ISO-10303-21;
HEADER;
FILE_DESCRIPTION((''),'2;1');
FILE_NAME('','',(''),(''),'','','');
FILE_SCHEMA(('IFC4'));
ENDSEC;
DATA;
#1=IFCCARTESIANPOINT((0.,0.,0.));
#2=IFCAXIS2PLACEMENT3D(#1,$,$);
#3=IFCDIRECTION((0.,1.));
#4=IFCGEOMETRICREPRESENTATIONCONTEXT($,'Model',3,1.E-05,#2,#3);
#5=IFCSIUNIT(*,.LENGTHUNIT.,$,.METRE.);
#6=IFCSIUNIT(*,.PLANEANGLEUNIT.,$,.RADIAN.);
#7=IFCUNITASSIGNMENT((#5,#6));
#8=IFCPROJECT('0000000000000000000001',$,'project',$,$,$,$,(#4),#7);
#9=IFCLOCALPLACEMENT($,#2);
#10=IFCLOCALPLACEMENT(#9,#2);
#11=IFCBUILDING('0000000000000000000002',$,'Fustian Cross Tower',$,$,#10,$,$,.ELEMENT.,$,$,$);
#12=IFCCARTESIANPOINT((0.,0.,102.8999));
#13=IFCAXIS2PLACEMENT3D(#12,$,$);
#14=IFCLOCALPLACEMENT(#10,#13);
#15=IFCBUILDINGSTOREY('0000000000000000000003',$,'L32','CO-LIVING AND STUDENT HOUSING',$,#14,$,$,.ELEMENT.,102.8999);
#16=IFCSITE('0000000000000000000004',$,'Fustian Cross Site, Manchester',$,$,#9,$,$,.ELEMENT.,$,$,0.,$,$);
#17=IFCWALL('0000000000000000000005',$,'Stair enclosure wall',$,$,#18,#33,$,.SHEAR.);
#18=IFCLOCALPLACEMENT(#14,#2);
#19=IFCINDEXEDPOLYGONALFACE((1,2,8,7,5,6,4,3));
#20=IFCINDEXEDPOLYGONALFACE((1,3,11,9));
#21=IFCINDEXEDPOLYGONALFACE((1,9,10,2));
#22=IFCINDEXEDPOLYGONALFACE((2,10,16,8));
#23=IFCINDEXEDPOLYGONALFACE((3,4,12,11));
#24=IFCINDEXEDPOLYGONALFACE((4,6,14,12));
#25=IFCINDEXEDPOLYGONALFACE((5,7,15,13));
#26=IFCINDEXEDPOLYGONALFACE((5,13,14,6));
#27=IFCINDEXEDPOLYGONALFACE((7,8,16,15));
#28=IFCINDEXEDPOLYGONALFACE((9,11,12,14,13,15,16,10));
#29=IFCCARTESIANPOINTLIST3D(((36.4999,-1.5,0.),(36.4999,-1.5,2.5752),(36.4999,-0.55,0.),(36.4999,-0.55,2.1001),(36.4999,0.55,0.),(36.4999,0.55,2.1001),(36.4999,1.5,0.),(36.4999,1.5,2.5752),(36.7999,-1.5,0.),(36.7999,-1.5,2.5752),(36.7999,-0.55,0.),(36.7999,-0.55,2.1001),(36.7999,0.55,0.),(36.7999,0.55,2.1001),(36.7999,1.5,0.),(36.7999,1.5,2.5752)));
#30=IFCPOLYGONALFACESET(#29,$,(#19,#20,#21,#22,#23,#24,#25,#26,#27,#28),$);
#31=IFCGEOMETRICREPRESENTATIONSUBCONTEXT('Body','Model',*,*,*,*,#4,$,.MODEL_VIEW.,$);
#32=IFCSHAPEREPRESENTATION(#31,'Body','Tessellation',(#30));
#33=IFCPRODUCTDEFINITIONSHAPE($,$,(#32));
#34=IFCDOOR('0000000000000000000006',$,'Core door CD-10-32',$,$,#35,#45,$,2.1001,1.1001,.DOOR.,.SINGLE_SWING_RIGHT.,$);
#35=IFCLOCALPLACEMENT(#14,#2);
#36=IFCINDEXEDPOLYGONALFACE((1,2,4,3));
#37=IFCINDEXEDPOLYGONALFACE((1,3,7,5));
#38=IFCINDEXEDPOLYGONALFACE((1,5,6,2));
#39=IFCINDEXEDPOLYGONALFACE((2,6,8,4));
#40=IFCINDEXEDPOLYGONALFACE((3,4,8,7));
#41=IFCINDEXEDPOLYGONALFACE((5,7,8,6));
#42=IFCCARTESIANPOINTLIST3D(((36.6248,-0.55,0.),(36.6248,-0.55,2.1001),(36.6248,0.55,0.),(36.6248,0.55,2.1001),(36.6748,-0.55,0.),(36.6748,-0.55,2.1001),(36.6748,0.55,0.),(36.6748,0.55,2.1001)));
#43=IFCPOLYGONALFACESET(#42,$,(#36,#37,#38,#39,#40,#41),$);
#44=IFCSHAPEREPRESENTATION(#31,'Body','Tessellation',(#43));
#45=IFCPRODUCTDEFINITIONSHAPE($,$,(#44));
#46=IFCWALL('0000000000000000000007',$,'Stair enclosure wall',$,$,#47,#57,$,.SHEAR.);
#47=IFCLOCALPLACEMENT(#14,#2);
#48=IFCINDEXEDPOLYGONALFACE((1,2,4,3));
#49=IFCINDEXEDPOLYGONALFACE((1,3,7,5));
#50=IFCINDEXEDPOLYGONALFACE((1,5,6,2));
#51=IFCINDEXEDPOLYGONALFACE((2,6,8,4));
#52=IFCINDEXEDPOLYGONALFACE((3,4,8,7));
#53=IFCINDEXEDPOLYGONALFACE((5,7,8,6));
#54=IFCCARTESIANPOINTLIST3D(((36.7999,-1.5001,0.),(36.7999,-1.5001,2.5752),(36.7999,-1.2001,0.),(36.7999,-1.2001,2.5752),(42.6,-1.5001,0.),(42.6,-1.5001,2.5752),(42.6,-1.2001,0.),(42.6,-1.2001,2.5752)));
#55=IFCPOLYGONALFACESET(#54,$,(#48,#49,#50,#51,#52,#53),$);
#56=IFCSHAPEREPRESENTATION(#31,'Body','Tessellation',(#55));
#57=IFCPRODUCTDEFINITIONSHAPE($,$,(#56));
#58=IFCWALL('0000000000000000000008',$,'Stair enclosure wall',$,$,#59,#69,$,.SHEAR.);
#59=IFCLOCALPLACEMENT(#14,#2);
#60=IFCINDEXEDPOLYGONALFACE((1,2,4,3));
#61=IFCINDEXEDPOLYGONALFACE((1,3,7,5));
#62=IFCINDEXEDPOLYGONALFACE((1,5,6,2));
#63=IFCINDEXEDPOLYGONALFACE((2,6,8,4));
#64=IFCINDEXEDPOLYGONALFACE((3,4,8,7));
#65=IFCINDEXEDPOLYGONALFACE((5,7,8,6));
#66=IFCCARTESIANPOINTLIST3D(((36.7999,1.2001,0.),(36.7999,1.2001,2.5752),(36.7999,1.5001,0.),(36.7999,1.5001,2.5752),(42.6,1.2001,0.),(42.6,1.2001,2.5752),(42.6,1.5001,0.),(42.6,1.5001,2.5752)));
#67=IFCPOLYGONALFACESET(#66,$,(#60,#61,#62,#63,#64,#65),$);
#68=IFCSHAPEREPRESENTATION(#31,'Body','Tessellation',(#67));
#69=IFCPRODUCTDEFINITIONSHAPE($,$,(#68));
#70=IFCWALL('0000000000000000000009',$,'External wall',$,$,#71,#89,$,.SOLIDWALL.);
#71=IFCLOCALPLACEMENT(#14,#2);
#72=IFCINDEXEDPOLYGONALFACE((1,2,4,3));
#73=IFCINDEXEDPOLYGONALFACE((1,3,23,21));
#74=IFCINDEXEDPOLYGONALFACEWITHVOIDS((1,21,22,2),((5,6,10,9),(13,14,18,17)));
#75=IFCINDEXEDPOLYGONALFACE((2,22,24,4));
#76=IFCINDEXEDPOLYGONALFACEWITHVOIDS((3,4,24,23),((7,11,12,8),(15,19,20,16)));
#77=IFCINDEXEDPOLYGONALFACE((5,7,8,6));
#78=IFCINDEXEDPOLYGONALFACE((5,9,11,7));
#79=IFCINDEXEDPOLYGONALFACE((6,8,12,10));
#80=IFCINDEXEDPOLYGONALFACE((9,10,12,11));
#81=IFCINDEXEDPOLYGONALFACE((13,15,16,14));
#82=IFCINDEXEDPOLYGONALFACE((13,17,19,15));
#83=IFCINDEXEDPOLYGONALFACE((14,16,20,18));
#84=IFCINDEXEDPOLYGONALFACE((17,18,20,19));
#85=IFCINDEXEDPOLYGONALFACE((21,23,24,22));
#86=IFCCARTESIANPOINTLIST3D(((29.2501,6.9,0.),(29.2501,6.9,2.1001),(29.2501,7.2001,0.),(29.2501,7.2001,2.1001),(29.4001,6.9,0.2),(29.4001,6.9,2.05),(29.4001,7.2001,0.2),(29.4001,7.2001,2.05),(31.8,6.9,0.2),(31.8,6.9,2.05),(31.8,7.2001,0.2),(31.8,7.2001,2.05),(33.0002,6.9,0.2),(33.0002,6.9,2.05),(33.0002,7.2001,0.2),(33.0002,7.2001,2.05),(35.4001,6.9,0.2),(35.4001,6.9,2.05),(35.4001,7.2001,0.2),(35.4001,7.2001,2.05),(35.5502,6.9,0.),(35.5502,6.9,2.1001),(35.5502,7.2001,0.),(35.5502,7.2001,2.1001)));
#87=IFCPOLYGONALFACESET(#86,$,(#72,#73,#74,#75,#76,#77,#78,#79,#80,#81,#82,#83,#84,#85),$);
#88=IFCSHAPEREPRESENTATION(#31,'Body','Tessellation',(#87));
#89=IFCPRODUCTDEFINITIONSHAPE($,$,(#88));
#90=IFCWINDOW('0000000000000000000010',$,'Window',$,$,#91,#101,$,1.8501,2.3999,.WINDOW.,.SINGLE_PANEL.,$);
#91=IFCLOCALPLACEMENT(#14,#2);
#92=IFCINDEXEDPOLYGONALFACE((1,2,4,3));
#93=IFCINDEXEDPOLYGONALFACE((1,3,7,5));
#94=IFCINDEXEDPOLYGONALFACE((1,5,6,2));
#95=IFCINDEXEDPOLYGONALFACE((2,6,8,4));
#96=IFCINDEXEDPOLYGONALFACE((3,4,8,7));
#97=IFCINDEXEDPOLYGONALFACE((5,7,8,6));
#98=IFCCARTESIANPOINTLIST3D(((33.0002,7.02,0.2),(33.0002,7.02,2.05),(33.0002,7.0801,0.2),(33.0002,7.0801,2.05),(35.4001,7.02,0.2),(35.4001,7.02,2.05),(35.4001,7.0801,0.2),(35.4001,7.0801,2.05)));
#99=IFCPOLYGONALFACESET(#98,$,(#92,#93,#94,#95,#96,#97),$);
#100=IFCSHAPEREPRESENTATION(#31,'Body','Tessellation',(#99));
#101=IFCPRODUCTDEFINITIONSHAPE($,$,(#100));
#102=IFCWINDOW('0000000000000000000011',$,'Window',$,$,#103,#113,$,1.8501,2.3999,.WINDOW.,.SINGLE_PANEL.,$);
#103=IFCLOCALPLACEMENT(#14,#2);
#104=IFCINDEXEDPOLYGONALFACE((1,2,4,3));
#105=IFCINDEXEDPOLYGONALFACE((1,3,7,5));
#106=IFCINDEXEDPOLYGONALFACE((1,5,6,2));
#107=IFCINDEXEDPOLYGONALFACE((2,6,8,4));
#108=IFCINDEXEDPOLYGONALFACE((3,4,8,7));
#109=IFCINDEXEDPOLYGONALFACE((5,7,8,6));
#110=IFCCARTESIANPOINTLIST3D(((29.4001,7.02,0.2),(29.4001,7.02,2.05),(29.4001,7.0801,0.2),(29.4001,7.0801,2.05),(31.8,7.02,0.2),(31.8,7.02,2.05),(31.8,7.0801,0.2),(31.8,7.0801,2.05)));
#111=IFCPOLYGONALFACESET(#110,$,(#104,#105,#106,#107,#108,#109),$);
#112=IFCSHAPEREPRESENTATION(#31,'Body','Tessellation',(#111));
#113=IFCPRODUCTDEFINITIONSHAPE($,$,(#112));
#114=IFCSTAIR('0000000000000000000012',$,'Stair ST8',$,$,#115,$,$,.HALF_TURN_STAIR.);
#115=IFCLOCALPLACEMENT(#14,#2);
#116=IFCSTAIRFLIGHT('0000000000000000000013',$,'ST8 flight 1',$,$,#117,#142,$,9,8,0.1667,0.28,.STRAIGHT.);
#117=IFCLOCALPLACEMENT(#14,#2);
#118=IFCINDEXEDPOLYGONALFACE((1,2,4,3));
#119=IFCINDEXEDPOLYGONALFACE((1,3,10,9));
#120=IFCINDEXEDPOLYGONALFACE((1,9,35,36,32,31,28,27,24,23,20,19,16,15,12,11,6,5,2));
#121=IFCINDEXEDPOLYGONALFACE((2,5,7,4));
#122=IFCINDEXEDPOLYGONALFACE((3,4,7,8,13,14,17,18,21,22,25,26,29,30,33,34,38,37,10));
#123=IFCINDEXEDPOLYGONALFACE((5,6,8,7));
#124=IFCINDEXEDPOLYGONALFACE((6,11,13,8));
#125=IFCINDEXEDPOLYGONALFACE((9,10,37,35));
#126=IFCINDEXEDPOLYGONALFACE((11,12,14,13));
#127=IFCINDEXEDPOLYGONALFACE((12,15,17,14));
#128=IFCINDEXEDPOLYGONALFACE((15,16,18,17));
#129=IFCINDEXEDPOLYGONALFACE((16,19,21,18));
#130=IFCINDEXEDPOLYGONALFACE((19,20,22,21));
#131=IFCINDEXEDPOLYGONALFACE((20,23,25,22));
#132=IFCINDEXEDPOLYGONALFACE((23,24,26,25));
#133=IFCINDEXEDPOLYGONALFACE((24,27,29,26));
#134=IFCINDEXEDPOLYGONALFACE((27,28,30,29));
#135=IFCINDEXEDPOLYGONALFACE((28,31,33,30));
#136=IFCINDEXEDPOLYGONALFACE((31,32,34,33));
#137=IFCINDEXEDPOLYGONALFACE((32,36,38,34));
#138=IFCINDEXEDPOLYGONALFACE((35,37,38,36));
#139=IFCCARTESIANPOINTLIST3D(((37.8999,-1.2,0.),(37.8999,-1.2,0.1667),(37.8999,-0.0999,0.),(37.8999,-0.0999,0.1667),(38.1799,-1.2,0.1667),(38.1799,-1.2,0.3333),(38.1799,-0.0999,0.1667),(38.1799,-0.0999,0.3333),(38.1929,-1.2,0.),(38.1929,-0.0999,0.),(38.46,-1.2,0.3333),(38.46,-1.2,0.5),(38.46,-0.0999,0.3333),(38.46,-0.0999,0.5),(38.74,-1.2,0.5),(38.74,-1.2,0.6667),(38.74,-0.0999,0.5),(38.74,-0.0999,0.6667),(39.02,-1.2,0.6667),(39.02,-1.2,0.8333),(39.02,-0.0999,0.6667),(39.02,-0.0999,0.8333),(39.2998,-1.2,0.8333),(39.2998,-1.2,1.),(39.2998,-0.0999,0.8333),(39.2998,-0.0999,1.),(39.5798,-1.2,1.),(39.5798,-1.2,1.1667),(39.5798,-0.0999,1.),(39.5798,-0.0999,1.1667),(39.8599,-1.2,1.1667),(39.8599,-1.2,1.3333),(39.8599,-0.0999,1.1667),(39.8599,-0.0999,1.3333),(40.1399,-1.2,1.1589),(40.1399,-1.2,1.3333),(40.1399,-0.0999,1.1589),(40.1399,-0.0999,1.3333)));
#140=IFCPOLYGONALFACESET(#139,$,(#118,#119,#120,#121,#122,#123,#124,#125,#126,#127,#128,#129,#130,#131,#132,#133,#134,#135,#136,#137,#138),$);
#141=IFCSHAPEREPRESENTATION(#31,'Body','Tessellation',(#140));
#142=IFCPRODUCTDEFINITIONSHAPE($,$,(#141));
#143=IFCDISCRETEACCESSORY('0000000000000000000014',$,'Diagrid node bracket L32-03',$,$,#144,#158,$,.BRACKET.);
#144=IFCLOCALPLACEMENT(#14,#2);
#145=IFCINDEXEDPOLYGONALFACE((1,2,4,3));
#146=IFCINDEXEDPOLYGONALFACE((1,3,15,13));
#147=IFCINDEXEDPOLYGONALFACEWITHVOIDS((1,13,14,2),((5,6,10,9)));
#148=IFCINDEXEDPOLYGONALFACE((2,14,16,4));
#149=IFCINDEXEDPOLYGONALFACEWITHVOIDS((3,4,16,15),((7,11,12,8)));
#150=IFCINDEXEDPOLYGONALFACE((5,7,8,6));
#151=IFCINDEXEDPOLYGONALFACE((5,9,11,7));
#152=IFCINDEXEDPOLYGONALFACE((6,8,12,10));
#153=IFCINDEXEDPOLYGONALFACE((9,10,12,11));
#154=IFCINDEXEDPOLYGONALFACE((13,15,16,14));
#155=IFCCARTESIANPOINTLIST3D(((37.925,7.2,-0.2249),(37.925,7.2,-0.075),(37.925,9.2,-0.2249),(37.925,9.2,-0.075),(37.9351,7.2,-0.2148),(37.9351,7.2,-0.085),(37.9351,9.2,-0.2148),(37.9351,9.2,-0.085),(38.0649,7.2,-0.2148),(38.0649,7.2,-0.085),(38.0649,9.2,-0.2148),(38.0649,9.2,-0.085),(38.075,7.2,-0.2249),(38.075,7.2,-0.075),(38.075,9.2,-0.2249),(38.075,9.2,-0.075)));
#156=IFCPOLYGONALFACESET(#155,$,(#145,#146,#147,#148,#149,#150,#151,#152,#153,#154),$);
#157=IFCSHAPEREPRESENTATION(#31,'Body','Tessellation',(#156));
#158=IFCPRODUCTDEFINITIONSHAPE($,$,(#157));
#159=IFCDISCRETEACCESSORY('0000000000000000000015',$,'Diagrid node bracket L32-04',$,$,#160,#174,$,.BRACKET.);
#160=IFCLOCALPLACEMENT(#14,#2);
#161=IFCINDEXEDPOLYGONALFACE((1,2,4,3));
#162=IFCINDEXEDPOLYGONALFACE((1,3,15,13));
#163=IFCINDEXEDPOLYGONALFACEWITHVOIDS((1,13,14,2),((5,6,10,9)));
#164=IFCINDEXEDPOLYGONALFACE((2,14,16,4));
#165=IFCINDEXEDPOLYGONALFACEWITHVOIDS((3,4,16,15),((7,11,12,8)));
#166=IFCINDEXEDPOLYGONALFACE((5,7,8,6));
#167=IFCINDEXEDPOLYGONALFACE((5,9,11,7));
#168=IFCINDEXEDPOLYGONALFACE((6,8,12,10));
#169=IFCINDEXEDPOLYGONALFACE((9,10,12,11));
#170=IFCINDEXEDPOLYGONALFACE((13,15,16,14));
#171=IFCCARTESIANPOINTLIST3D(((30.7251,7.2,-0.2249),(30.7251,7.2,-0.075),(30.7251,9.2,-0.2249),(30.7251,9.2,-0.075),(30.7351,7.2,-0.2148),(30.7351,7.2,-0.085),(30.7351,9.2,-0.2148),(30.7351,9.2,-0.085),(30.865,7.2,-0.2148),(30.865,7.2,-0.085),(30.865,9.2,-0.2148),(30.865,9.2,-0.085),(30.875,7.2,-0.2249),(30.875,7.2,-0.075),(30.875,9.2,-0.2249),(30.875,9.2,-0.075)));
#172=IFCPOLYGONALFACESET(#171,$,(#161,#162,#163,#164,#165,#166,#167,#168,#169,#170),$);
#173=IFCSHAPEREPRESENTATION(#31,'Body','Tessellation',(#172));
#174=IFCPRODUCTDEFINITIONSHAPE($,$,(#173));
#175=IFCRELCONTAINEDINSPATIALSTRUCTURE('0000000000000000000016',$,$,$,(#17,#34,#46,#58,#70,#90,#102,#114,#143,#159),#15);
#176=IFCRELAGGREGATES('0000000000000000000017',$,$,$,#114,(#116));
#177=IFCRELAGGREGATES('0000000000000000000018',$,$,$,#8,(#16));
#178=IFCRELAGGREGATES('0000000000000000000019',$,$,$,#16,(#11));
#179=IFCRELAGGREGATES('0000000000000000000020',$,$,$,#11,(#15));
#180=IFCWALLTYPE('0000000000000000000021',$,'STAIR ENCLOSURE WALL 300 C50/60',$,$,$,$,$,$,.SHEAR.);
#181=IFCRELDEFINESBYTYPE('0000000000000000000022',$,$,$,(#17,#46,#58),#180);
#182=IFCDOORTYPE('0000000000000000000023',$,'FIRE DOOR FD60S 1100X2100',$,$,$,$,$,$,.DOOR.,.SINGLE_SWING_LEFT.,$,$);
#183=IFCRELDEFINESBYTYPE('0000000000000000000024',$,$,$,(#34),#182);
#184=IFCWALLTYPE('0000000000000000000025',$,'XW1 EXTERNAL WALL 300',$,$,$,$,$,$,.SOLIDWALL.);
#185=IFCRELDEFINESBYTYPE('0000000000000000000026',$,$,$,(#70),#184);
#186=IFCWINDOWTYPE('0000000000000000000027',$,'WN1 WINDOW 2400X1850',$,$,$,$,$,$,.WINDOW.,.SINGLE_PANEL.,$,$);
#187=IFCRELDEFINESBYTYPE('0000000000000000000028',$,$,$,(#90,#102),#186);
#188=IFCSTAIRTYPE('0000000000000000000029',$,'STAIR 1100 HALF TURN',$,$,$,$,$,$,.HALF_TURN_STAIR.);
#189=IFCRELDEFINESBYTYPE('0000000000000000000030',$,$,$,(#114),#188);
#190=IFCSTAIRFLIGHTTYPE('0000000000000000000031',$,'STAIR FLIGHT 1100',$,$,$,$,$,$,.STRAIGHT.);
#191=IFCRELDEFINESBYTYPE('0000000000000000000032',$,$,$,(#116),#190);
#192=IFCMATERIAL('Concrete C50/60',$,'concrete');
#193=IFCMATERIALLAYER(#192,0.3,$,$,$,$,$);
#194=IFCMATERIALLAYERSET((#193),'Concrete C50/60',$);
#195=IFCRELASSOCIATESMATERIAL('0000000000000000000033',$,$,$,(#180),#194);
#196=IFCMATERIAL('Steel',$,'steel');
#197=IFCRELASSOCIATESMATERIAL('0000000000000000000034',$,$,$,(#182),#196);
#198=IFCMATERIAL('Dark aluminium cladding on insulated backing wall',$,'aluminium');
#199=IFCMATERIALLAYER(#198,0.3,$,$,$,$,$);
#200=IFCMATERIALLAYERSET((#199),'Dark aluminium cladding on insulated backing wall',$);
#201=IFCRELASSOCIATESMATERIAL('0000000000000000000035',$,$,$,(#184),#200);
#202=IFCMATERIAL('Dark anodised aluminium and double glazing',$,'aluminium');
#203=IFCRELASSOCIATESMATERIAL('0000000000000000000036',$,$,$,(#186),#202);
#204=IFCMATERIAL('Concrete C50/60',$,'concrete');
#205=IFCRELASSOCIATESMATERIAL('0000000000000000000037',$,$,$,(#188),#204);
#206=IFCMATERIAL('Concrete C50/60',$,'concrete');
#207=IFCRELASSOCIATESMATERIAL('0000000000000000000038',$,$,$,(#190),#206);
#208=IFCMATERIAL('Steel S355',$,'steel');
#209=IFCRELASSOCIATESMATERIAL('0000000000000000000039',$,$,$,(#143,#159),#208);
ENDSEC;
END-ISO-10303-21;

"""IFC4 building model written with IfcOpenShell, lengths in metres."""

from ifc_helpers import new_model, si_unit, direction, frame, frame_2d, origin, origin_2d, place, context, subcontext, project, spatial, polyline, rectangle, hollow_rectangle, outline, extrude, material, layer, layer_set, type_object, element, fill, aggregate, save


model = new_model("IFC4")

# Units and contexts
model_context = context("Model", 3, precision=1e-05, world=origin(), true_north=direction((0.0, 1.0)))
body_context = subcontext(model_context, "Body", "Model", "MODEL_VIEW")
ifc_project = project(units=[si_unit("LENGTHUNIT", "METRE"), si_unit("PLANEANGLEUNIT", "RADIAN")], contexts=[model_context])

# Site, building, storey
site_placement = place(None, origin())
site = spatial("IfcSite", under=ifc_project, at=site_placement, Name="Fustian Cross Site, Manchester", CompositionType="ELEMENT", RefElevation=0.0)
building_placement = place(site_placement, origin())
building = spatial("IfcBuilding", under=site, at=building_placement, Name="Fustian Cross Tower", CompositionType="ELEMENT")
storey_placement = place(building_placement, frame((0.0, 0.0, 102.8999)))
storey = spatial("IfcBuildingStorey", under=building, at=storey_placement, Name="L32", Description="CO-LIVING AND STUDENT HOUSING", CompositionType="ELEMENT", Elevation=102.8999)

# Wall, opening, door
ifc_material_1 = material(Name="Concrete C50/60", Category="concrete")
ifc_layer_1 = layer(ifc_material_1, 0.3)
ifc_layer_set_1 = layer_set([ifc_layer_1], Name="Concrete C50/60")
wall_type_1 = type_object("IfcWallType", Name="STAIR ENCLOSURE WALL 300 C50/60", PredefinedType="SHEAR", material=ifc_layer_set_1)
wall_1_placement = place(storey_placement, frame((36.6499, -1.5, 0.0), z_axis=(0.0, 0.0, 1.0), x_axis=(0.0, 1.0, 0.0)))
wall_1 = element("IfcWall", 1, at=wall_1_placement, inside=storey, type_object=wall_type_1, Name="Stair enclosure wall", PredefinedType="SHEAR", context=body_context, shape_type="SweptSolid", body=[
    extrude(rectangle(XDim=3.0, YDim=0.3, at=frame_2d((1.5, 0.0))), origin(), (0.0, 0.0, 1.0), 2.5752),
])
opening_1_placement = place(wall_1_placement, frame((0.95, 0.0, 0.0)))
opening_1 = element("IfcOpeningElement", 2, at=opening_1_placement, cuts=wall_1, PredefinedType="OPENING", context=body_context, shape_type="SweptSolid", body=[
    extrude(rectangle(XDim=1.1001, YDim=2.1001, at=frame_2d((0.55, 1.05))), frame((0.0, 0.1599, 0.0), z_axis=(0.0, -1.0, 0.0), x_axis=(1.0, 0.0, 0.0)), (0.0, 0.0, 1.0), 0.3201),
])
ifc_material_2 = material(Name="Steel", Category="steel")
door_type = type_object("IfcDoorType", Name="FIRE DOOR FD60S 1100X2100", OperationType="SINGLE_SWING_LEFT", PredefinedType="DOOR", material=ifc_material_2)
door_placement = place(opening_1_placement, frame((1.1001, 0.0, 0.0), z_axis=(0.0, 0.0, 1.0), x_axis=(-1.0, 0.0, 0.0)))
door = element("IfcDoor", 3, at=door_placement, inside=storey, type_object=door_type, Name="Core door CD-10-32", OperationType="SINGLE_SWING_RIGHT", OverallHeight=2.1001, OverallWidth=1.1001, PredefinedType="DOOR", context=body_context, shape_type="SweptSolid", body=[
    extrude(rectangle(XDim=1.1001, YDim=2.1001, at=frame_2d((0.55, 1.05))), frame((0.0, 0.0249, 0.0), z_axis=(0.0, -1.0, 0.0), x_axis=(1.0, 0.0, 0.0)), (0.0, 0.0, 1.0), 0.05),
])
fill(opening_1, door)

# Walls
for number, where, z_axis, x_axis, name in (
    (4, (36.8, -1.3501, 0.0), (0.0, 0.0, 1.0), (1.0, 0.0, 0.0), "Stair enclosure wall"),
    (5, (36.8, 1.3501, 0.0), (0.0, 0.0, 1.0), (1.0, 0.0, 0.0), "Stair enclosure wall"),
):
    element("IfcWall", number, at=place(storey_placement, frame(where, z_axis=z_axis, x_axis=x_axis)), inside=storey, type_object=wall_type_1, Name=name, PredefinedType="SHEAR", context=body_context, shape_type="SweptSolid", body=[
        extrude(rectangle(XDim=5.8, YDim=0.3, at=frame_2d((2.8999, 0.0))), origin(), (0.0, 0.0, 1.0), 2.5752),
    ])

# Wall, openings, windows
ifc_material_3 = material(Name="Dark aluminium cladding on insulated backing wall", Category="aluminium")
ifc_layer_2 = layer(ifc_material_3, 0.3)
ifc_layer_set_2 = layer_set([ifc_layer_2], Name="Dark aluminium cladding on insulated backing wall")
wall_type_2 = type_object("IfcWallType", Name="XW1 EXTERNAL WALL 300", PredefinedType="SOLIDWALL", material=ifc_layer_set_2)
wall_2_placement = place(storey_placement, frame((35.55, 7.05, 0.0), z_axis=(0.0, 0.0, 1.0), x_axis=(-1.0, 0.0, 0.0)))
wall_2 = element("IfcWall", 6, at=wall_2_placement, inside=storey, type_object=wall_type_2, Name="External wall", PredefinedType="SOLIDWALL", context=body_context, shape_type="SweptSolid", body=[
    extrude(rectangle(XDim=6.3, YDim=0.3, at=frame_2d((3.1499, 0.0))), origin(), (0.0, 0.0, 1.0), 2.1001),
])
opening_2_placement = place(wall_2_placement, frame((0.1499, 0.0, 0.2)))
opening_2 = element("IfcOpeningElement", 7, at=opening_2_placement, cuts=wall_2, PredefinedType="OPENING", context=body_context, shape_type="SweptSolid", body=[
    extrude(rectangle(XDim=2.3999, YDim=1.8501, at=frame_2d((1.2, 0.925))), frame((0.0, 0.1599, 0.0), z_axis=(0.0, -1.0, 0.0), x_axis=(1.0, 0.0, 0.0)), (0.0, 0.0, 1.0), 0.3201),
])
opening_3_placement = place(wall_2_placement, frame((3.75, 0.0, 0.2)))
opening_3 = element("IfcOpeningElement", 8, at=opening_3_placement, cuts=wall_2, PredefinedType="OPENING", context=body_context, shape_type="SweptSolid", body=[
    extrude(rectangle(XDim=2.3999, YDim=1.8501, at=frame_2d((1.2, 0.925))), frame((0.0, 0.1599, 0.0), z_axis=(0.0, -1.0, 0.0), x_axis=(1.0, 0.0, 0.0)), (0.0, 0.0, 1.0), 0.3201),
])
ifc_material_4 = material(Name="Dark anodised aluminium and double glazing", Category="aluminium")
window_type = type_object("IfcWindowType", Name="WN1 WINDOW 2400X1850", PartitioningType="SINGLE_PANEL", PredefinedType="WINDOW", material=ifc_material_4)
window_1_placement = place(opening_2_placement, origin())
window_1 = element("IfcWindow", 9, at=window_1_placement, inside=storey, type_object=window_type, Name="Window", OverallHeight=1.8501, OverallWidth=2.3999, PartitioningType="SINGLE_PANEL", PredefinedType="WINDOW", context=body_context, shape_type="SweptSolid", body=[
    extrude(rectangle(XDim=2.3999, YDim=1.8501, at=frame_2d((1.2, 0.925))), frame((0.0, 0.03, 0.0), z_axis=(0.0, -1.0, 0.0), x_axis=(1.0, 0.0, 0.0)), (0.0, 0.0, 1.0), 0.0601),
])
fill(opening_2, window_1)
window_2_placement = place(opening_3_placement, origin())
window_2 = element("IfcWindow", 10, at=window_2_placement, inside=storey, type_object=window_type, Name="Window", OverallHeight=1.8501, OverallWidth=2.3999, PartitioningType="SINGLE_PANEL", PredefinedType="WINDOW", context=body_context, shape_type="SweptSolid", body=[
    extrude(rectangle(XDim=2.3999, YDim=1.8501, at=frame_2d((1.2, 0.925))), frame((0.0, 0.03, 0.0), z_axis=(0.0, -1.0, 0.0), x_axis=(1.0, 0.0, 0.0)), (0.0, 0.0, 1.0), 0.0601),
])
fill(opening_3, window_2)

# Stair, stair flight
ifc_material_5 = material(Name="Concrete C50/60", Category="concrete")
stair_type = type_object("IfcStairType", Name="STAIR 1100 HALF TURN", PredefinedType="HALF_TURN_STAIR", material=ifc_material_5)
stair_placement = place(storey_placement, origin())
stair = element("IfcStair", 11, at=stair_placement, inside=storey, type_object=stair_type, Name="Stair ST8", PredefinedType="HALF_TURN_STAIR")
ifc_material_6 = material(Name="Concrete C50/60", Category="concrete")
stair_flight_type = type_object("IfcStairFlightType", Name="STAIR FLIGHT 1100", PredefinedType="STRAIGHT", material=ifc_material_6)
stair_flight_placement = place(storey_placement, frame((37.8999, -0.6499, 0.0), z_axis=(0.0, 0.0, 1.0), x_axis=(1.0, 0.0, 0.0)))
stair_flight = element("IfcStairFlight", 12, at=stair_flight_placement, type_object=stair_flight_type, Name="ST8 flight 1", NumberOfRisers=9, NumberOfTreads=8, PredefinedType="STRAIGHT", RiserHeight=0.1667, TreadLength=0.28, context=body_context, shape_type="SweptSolid", body=[
    extrude(outline(polyline([(0.0, 0.0), (0.0, 0.1667), (0.28, 0.1667), (0.28, 0.3333), (0.5601, 0.3333), (0.5601, 0.5), (0.8401, 0.5), (0.8401, 0.6667), (1.1201, 0.6667), (1.1201, 0.8333), (1.3999, 0.8333), (1.3999, 1.0), (1.6799, 1.0), (1.6799, 1.1667), (1.96, 1.1667), (1.96, 1.3333), (2.24, 1.3333), (2.24, 1.5), (2.24, 1.1589), (0.293, 0.0), (0.0, 0.0)])), frame((0.0, 0.55, 0.0), z_axis=(0.0, -1.0, 0.0), x_axis=(1.0, 0.0, 0.0)), (0.0, 0.0, 1.0), 1.1001),
])
aggregate(stair, [stair_flight])

# Discrete accessories
ifc_material_7 = material(Name="Steel S355", Category="steel")
for number, where, z_axis, x_axis, name in (
    (13, (38.0, 9.2, -0.1499), (0.0, -1.0, 0.0), (1.0, 0.0, 0.0), "Diagrid node bracket L32-03"),
    (14, (30.8, 9.2, -0.1499), (0.0, -1.0, 0.0), (1.0, 0.0, 0.0), "Diagrid node bracket L32-04"),
):
    element("IfcDiscreteAccessory", number, at=place(storey_placement, frame(where, z_axis=z_axis, x_axis=x_axis)), inside=storey, material=ifc_material_7, Name=name, PredefinedType="BRACKET", context=body_context, shape_type="SweptSolid", body=[
        extrude(hollow_rectangle(XDim=0.1499, YDim=0.1499, WallThickness=0.01, at=origin_2d()), origin(), (0.0, 0.0, 1.0), 2.0),
    ])

save(model, "model.ifc")
